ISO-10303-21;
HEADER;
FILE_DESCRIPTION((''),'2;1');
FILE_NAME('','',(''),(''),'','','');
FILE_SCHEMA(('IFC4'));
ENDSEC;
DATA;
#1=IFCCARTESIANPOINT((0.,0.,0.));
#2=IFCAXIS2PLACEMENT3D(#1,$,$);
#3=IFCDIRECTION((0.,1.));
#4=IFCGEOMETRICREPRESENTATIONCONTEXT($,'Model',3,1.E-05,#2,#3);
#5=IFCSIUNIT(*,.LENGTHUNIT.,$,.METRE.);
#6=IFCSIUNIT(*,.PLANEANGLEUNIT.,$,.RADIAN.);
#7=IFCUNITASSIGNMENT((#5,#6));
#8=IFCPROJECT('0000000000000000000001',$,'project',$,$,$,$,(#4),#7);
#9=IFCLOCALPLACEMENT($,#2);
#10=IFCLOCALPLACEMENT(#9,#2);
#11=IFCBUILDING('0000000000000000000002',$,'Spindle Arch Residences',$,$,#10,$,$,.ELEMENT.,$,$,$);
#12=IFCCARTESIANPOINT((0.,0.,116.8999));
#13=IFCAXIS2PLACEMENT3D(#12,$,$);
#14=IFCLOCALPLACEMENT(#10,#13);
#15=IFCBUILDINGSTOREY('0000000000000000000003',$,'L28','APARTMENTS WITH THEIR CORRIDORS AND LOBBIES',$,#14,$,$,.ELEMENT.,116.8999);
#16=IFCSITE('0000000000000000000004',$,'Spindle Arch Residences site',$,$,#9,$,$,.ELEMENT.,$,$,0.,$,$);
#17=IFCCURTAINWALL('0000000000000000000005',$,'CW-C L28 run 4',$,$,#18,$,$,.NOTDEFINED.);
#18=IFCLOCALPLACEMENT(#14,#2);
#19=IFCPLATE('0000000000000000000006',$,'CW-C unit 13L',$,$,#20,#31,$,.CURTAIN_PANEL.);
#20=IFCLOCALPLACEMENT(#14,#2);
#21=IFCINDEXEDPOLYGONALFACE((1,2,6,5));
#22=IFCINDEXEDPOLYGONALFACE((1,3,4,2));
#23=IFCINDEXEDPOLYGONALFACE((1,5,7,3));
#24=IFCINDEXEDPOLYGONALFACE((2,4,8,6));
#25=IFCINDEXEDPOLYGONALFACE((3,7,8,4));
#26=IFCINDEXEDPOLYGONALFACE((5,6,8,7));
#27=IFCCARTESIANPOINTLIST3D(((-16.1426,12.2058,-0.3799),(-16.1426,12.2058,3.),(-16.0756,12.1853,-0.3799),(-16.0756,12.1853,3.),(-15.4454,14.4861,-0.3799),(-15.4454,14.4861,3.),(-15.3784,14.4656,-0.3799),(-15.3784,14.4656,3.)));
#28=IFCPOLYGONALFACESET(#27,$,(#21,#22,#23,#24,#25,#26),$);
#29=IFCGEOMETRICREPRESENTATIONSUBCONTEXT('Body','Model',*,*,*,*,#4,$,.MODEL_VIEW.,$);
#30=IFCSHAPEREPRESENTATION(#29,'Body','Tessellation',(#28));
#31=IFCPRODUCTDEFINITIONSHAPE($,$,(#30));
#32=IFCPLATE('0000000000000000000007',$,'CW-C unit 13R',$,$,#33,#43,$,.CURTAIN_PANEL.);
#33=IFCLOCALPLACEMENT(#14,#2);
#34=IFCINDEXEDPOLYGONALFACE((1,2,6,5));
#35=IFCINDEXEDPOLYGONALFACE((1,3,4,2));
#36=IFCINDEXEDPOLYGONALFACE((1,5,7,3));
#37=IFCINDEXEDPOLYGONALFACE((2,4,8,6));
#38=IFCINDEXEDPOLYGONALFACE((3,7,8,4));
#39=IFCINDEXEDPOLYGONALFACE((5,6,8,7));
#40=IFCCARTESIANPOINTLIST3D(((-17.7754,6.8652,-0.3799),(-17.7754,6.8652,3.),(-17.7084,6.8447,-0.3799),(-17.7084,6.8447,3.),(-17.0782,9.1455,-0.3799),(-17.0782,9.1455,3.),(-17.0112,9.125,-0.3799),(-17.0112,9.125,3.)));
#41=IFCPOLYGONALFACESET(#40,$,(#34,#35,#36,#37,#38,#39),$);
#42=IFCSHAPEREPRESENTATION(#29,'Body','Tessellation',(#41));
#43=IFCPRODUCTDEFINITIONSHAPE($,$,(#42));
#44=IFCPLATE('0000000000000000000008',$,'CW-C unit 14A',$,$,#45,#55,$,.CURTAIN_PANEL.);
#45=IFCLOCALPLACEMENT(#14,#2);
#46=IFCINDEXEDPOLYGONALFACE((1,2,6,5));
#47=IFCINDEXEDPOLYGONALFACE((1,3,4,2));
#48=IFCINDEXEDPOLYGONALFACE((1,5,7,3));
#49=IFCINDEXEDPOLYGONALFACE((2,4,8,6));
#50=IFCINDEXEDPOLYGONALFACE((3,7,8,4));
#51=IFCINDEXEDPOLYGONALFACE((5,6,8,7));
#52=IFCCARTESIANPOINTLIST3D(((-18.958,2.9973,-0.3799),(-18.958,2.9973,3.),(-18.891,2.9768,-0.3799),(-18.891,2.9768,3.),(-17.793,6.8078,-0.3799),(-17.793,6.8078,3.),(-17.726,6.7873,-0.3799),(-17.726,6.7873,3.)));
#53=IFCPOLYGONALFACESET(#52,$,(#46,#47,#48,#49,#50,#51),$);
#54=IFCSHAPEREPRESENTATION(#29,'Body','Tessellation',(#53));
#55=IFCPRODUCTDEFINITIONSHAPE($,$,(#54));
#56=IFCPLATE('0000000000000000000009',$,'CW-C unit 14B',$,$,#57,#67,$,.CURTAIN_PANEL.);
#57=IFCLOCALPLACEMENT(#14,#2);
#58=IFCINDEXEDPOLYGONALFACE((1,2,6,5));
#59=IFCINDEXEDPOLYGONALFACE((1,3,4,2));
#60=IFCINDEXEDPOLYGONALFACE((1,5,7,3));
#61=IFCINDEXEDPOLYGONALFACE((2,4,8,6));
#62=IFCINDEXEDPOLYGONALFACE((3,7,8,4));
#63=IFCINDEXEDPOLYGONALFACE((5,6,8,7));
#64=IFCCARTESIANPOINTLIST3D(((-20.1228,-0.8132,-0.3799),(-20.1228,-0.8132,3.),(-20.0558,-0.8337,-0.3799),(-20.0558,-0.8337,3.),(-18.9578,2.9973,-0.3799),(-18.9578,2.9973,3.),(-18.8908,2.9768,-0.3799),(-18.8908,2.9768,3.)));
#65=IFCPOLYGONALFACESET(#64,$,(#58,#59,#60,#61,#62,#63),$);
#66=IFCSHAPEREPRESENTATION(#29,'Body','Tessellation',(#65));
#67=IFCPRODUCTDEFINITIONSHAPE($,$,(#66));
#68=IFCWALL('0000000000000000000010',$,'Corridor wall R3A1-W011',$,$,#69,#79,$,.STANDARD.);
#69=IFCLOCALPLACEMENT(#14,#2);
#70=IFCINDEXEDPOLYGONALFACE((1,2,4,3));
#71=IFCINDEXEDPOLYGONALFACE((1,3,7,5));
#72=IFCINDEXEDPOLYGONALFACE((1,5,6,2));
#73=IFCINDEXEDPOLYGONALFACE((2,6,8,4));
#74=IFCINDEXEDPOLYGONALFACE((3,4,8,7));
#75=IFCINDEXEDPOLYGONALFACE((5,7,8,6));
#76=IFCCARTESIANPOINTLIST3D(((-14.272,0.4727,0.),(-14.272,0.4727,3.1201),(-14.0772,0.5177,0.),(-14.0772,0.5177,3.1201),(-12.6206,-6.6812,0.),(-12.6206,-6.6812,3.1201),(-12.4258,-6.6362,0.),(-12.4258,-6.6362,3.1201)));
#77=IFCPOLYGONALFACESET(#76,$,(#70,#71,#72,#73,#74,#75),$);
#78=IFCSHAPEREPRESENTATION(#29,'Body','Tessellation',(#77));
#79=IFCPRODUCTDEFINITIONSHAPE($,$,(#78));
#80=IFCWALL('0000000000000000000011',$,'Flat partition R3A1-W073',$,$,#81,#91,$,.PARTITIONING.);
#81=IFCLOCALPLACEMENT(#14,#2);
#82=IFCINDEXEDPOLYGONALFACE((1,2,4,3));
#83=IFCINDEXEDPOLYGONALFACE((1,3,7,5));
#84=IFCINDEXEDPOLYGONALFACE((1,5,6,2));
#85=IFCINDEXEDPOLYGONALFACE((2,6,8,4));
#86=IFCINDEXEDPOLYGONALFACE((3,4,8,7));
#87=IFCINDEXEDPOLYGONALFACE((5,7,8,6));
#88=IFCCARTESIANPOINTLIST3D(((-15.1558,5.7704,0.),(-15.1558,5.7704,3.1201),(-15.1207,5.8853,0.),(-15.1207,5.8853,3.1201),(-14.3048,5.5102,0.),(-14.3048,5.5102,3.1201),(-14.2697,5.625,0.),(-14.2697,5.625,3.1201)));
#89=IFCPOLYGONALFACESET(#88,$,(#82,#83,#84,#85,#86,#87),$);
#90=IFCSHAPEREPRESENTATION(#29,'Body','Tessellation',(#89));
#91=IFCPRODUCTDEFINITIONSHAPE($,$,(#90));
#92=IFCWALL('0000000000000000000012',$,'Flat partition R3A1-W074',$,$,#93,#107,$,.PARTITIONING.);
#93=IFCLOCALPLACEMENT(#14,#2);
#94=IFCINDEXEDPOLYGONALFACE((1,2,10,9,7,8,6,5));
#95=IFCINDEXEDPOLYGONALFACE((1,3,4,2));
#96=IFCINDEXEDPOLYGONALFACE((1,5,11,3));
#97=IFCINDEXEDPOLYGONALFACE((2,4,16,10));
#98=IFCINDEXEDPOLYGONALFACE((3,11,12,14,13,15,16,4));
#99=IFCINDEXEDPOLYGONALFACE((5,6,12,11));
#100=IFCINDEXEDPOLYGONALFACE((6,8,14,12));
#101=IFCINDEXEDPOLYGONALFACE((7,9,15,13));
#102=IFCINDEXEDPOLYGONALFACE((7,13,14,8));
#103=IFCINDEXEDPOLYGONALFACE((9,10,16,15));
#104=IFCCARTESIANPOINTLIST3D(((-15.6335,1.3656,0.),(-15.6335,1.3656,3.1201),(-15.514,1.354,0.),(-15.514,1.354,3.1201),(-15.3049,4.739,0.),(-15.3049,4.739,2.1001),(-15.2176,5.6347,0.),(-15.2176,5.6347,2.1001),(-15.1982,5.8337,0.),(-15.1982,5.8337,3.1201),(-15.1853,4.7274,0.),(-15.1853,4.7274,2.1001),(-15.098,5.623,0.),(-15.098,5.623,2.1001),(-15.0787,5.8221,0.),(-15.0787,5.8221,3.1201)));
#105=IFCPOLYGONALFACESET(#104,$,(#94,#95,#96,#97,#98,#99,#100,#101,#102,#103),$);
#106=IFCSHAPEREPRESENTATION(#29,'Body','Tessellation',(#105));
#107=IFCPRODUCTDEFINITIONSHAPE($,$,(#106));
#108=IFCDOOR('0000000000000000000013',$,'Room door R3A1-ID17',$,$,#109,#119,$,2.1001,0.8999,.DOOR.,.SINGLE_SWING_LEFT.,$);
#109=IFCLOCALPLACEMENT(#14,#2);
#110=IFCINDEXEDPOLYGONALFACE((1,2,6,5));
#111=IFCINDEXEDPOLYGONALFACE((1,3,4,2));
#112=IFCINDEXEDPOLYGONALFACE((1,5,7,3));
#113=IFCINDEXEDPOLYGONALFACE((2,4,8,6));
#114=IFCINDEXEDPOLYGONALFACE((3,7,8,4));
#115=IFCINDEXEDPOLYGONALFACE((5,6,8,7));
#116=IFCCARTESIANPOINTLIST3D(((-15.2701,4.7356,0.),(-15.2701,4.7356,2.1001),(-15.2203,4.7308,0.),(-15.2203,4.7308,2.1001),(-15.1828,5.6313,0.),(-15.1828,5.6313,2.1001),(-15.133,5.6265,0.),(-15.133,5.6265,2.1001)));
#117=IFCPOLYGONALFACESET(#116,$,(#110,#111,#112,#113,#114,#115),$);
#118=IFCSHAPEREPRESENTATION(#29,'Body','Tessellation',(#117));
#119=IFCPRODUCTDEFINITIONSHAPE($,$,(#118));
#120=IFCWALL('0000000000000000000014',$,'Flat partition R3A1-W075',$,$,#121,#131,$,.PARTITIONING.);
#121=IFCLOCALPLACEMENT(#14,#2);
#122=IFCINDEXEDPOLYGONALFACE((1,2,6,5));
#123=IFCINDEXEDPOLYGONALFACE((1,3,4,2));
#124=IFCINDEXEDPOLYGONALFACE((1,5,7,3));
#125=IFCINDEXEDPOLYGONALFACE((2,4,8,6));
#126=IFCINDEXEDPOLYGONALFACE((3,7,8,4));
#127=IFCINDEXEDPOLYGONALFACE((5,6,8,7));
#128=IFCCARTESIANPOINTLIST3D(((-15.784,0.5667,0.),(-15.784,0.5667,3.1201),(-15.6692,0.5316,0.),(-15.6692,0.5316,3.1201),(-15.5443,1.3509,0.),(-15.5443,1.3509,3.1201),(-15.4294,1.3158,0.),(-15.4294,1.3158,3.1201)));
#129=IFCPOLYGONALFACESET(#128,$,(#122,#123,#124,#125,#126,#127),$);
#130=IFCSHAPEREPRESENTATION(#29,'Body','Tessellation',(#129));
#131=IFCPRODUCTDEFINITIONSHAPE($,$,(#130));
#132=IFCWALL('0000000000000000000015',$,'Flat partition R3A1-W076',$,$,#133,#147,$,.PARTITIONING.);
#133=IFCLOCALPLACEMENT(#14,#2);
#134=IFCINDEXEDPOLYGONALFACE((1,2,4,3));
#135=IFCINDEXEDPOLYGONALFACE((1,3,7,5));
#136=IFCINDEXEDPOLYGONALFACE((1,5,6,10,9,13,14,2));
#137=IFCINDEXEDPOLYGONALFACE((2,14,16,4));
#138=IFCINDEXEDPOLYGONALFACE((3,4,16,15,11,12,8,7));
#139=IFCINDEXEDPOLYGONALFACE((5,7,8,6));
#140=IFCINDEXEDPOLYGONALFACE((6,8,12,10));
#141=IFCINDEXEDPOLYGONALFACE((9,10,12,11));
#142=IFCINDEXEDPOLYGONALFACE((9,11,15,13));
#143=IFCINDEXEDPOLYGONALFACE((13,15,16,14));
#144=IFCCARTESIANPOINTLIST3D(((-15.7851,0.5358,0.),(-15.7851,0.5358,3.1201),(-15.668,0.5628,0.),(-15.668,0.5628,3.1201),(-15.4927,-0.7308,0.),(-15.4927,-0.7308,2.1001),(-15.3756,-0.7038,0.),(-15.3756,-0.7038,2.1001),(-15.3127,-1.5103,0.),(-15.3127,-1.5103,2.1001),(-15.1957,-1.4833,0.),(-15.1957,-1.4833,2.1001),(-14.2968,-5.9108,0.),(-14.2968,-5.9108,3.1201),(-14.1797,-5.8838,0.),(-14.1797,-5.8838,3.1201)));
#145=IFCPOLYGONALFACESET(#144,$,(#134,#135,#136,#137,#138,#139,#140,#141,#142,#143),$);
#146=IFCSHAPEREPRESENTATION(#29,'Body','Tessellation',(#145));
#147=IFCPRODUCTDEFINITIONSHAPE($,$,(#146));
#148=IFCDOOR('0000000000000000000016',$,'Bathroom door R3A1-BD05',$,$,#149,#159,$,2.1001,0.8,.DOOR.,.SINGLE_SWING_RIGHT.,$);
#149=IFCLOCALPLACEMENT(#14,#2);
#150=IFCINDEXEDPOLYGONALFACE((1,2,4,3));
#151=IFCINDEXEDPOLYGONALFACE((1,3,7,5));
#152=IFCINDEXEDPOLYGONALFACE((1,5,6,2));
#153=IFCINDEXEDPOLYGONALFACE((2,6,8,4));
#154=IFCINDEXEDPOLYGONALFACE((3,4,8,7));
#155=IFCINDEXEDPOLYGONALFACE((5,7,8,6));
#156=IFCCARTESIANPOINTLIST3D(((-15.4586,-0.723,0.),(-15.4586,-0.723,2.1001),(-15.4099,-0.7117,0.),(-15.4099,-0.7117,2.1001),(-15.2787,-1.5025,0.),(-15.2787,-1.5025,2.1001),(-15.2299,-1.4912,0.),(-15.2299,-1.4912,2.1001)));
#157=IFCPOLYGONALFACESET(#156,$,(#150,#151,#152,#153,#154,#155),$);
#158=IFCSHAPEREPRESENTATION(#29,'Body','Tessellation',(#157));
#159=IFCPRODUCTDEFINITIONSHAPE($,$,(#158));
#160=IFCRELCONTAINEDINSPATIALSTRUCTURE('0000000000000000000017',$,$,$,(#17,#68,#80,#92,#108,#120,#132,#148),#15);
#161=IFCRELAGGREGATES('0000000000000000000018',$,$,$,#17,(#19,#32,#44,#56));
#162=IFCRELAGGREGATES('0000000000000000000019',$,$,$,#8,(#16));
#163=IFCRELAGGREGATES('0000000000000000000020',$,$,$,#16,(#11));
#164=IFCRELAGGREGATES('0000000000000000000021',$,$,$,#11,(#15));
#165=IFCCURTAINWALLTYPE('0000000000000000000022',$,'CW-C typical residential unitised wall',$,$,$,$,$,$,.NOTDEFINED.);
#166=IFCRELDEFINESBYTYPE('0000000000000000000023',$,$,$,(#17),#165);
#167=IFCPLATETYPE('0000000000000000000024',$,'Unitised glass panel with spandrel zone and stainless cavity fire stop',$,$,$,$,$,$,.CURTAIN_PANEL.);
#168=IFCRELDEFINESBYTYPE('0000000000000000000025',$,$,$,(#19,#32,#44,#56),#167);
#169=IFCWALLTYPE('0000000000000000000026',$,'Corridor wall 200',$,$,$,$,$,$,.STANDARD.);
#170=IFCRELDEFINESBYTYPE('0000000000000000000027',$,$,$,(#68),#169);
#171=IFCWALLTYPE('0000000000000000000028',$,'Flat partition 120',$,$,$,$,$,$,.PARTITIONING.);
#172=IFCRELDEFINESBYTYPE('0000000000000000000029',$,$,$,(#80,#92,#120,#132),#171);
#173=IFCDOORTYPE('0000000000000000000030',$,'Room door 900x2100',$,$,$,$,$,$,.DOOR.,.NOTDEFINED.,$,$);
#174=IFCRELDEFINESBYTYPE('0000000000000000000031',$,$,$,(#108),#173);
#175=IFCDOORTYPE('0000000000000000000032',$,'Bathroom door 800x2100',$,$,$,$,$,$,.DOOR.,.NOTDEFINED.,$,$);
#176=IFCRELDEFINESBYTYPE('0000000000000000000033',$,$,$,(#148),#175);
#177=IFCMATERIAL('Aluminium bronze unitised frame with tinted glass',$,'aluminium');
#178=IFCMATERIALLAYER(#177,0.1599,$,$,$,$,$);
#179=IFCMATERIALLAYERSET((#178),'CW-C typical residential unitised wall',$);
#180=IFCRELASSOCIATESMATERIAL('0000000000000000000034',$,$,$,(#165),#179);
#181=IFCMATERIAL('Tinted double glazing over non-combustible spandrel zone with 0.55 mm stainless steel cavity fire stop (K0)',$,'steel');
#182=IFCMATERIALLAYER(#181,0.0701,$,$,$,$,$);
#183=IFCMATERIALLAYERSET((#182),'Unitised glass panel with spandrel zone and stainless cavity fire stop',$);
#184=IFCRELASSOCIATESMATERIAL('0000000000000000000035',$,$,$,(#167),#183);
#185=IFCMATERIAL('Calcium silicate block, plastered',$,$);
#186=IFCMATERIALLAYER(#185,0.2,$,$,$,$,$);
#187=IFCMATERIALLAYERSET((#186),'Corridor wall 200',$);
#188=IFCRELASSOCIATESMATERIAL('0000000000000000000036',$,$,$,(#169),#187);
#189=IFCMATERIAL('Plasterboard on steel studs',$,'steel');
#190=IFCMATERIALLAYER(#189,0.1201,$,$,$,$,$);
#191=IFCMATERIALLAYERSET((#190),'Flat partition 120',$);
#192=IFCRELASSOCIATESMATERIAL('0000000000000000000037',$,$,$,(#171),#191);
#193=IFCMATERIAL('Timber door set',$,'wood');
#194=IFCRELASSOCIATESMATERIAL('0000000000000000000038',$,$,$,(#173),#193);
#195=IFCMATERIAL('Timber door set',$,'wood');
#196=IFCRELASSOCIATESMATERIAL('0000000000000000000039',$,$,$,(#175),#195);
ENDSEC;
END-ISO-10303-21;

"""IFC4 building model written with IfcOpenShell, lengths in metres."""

from ifc_helpers import new_model, si_unit, direction, frame, frame_2d, origin, origin_2d, place, context, subcontext, project, spatial, rectangle, extrude, material, layer, layer_set, type_object, element, fill, aggregate, save


model = new_model("IFC4")

# Units and contexts
model_context = context("Model", 3, precision=1e-05, world=origin(), true_north=direction((0.0, 1.0)))
body_context = subcontext(model_context, "Body", "Model", "MODEL_VIEW")
ifc_project = project(units=[si_unit("LENGTHUNIT", "METRE"), si_unit("PLANEANGLEUNIT", "RADIAN")], contexts=[model_context])

# Site, building, storey
site_placement = place(None, origin())
site = spatial("IfcSite", under=ifc_project, at=site_placement, Name="Spindle Arch Residences site", CompositionType="ELEMENT", RefElevation=0.0)
building_placement = place(site_placement, origin())
building = spatial("IfcBuilding", under=site, at=building_placement, Name="Spindle Arch Residences", CompositionType="ELEMENT")
storey_placement = place(building_placement, frame((0.0, 0.0, 116.8999)))
storey = spatial("IfcBuildingStorey", under=building, at=storey_placement, Name="L28", Description="APARTMENTS WITH THEIR CORRIDORS AND LOBBIES", CompositionType="ELEMENT", Elevation=116.8999)

# Curtain wall
ifc_material_1 = material(Name="Aluminium bronze unitised frame with tinted glass", Category="aluminium")
ifc_layer_1 = layer(ifc_material_1, 0.1599)
ifc_layer_set_1 = layer_set([ifc_layer_1], Name="CW-C typical residential unitised wall")
curtain_wall_type = type_object("IfcCurtainWallType", Name="CW-C typical residential unitised wall", PredefinedType="NOTDEFINED", material=ifc_layer_set_1)
curtain_wall_placement = place(storey_placement, origin())
curtain_wall = element("IfcCurtainWall", 1, at=curtain_wall_placement, inside=storey, type_object=curtain_wall_type, Name="CW-C L28 run 4", PredefinedType="NOTDEFINED")

# Plates
ifc_material_2 = material(Name="Tinted double glazing over non-combustible spandrel zone with 0.55 mm stainless steel cavity fire stop (K0)", Category="steel")
ifc_layer_2 = layer(ifc_material_2, 0.0701)
ifc_layer_set_2 = layer_set([ifc_layer_2], Name="Unitised glass panel with spandrel zone and stainless cavity fire stop")
plate_type = type_object("IfcPlateType", Name="Unitised glass panel with spandrel zone and stainless cavity fire stop", PredefinedType="CURTAIN_PANEL", material=ifc_layer_set_2)
plate_1_placement = place(storey_placement, frame((-15.7605, 13.3357, -0.3799), z_axis=(0.0, 0.0, 1.0), x_axis=(-0.292372, -0.956305, 0.0)))
plate_1 = element("IfcPlate", 2, at=plate_1_placement, type_object=plate_type, Name="CW-C unit 13L", PredefinedType="CURTAIN_PANEL", context=body_context, shape_type="SweptSolid", body=[
    extrude(rectangle(XDim=2.3845, YDim=0.0701, at=origin_2d()), origin(), (0.0, 0.0, 1.0), 3.3799),
])
plate_2_placement = place(storey_placement, frame((-17.3933, 7.9951, -0.3799), z_axis=(0.0, 0.0, 1.0), x_axis=(-0.292372, -0.956305, 0.0)))
plate_2 = element("IfcPlate", 3, at=plate_2_placement, type_object=plate_type, Name="CW-C unit 13R", PredefinedType="CURTAIN_PANEL", context=body_context, shape_type="SweptSolid", body=[
    extrude(rectangle(XDim=2.3845, YDim=0.0701, at=origin_2d()), origin(), (0.0, 0.0, 1.0), 3.3799),
])
plate_3_placement = place(storey_placement, frame((-18.342, 4.8923, -0.3799), z_axis=(0.0, 0.0, 1.0), x_axis=(-0.292372, -0.956305, 0.0)))
plate_3 = element("IfcPlate", 4, at=plate_3_placement, type_object=plate_type, Name="CW-C unit 14A", PredefinedType="CURTAIN_PANEL", context=body_context, shape_type="SweptSolid", body=[
    extrude(rectangle(XDim=3.9846, YDim=0.0701, at=origin_2d()), origin(), (0.0, 0.0, 1.0), 3.3799),
])
plate_4_placement = place(storey_placement, frame((-19.5068, 1.0818, -0.3799), z_axis=(0.0, 0.0, 1.0), x_axis=(-0.292372, -0.956305, 0.0)))
plate_4 = element("IfcPlate", 5, at=plate_4_placement, type_object=plate_type, Name="CW-C unit 14B", PredefinedType="CURTAIN_PANEL", context=body_context, shape_type="SweptSolid", body=[
    extrude(rectangle(XDim=3.9846, YDim=0.0701, at=origin_2d()), origin(), (0.0, 0.0, 1.0), 3.3799),
])
aggregate(curtain_wall, [plate_1, plate_2, plate_3, plate_4])

# Walls
ifc_material_3 = material(Name="Calcium silicate block, plastered")
ifc_layer_3 = layer(ifc_material_3, 0.2)
ifc_layer_set_3 = layer_set([ifc_layer_3], Name="Corridor wall 200")
wall_type_1 = type_object("IfcWallType", Name="Corridor wall 200", PredefinedType="STANDARD", material=ifc_layer_set_3)
wall_1_placement = place(storey_placement, frame((-14.1746, 0.4951, 0.0), z_axis=(0.0, 0.0, 1.0), x_axis=(0.224923, -0.974377, 0.0)))
element("IfcWall", 6, at=wall_1_placement, inside=storey, type_object=wall_type_1, Name="Corridor wall R3A1-W011", PredefinedType="STANDARD", context=body_context, shape_type="SweptSolid", body=[
    extrude(rectangle(XDim=7.342, YDim=0.2, at=frame_2d((3.6709, 0.0))), origin(), (0.0, 0.0, 1.0), 3.1201),
])
ifc_material_4 = material(Name="Plasterboard on steel studs", Category="steel")
ifc_layer_4 = layer(ifc_material_4, 0.1201)
ifc_layer_set_4 = layer_set([ifc_layer_4], Name="Flat partition 120")
wall_type_2 = type_object("IfcWallType", Name="Flat partition 120", PredefinedType="PARTITIONING", material=ifc_layer_set_4)
wall_2_placement = place(storey_placement, frame((-14.2874, 5.5676, 0.0), z_axis=(0.0, 0.0, 1.0), x_axis=(-0.956288, 0.292428, 0.0)))
element("IfcWall", 7, at=wall_2_placement, inside=storey, type_object=wall_type_2, Name="Flat partition R3A1-W073", PredefinedType="PARTITIONING", context=body_context, shape_type="SweptSolid", body=[
    extrude(rectangle(XDim=0.8899, YDim=0.1201, at=frame_2d((0.4448, 0.0))), origin(), (0.0, 0.0, 1.0), 3.1201),
])

# Wall, opening, door
wall_3_placement = place(storey_placement, frame((-15.1384, 5.8279, 0.0), z_axis=(0.0, 0.0, 1.0), x_axis=(-0.096967, -0.995288, 0.0)))
wall_3 = element("IfcWall", 8, at=wall_3_placement, inside=storey, type_object=wall_type_2, Name="Flat partition R3A1-W074", PredefinedType="PARTITIONING", context=body_context, shape_type="SweptSolid", body=[
    extrude(rectangle(XDim=4.4893, YDim=0.1201, at=frame_2d((2.2446, 0.0))), origin(), (0.0, 0.0, 1.0), 3.1201),
])
opening_1_placement = place(wall_3_placement, frame((0.2, 0.0, 0.0)))
opening_1 = element("IfcOpeningElement", 9, at=opening_1_placement, cuts=wall_3, PredefinedType="OPENING", context=body_context, shape_type="SweptSolid", body=[
    extrude(rectangle(XDim=0.8999, YDim=2.1001, at=frame_2d((0.45, 1.05))), frame((0.0, 0.0701, 0.0), z_axis=(0.0, -1.0, 0.0), x_axis=(1.0, 0.0, 0.0)), (0.0, 0.0, 1.0), 0.1401),
])
ifc_material_5 = material(Name="Timber door set", Category="wood")
door_type_1 = type_object("IfcDoorType", Name="Room door 900x2100", OperationType="NOTDEFINED", PredefinedType="DOOR", material=ifc_material_5)
door_1_placement = place(opening_1_placement, origin())
door_1 = element("IfcDoor", 10, at=door_1_placement, inside=storey, type_object=door_type_1, Name="Room door R3A1-ID17", OperationType="SINGLE_SWING_LEFT", OverallHeight=2.1001, OverallWidth=0.8999, PredefinedType="DOOR", context=body_context, shape_type="SweptSolid", body=[
    extrude(rectangle(XDim=0.8999, YDim=2.1001, at=frame_2d((0.45, 1.05))), frame((0.0, 0.0249, 0.0), z_axis=(0.0, -1.0, 0.0), x_axis=(1.0, 0.0, 0.0)), (0.0, 0.0, 1.0), 0.05),
])
fill(opening_1, door_1)

# Wall
wall_4_placement = place(storey_placement, frame((-15.4868, 1.3335, 0.0), z_axis=(0.0, 0.0, 1.0), x_axis=(-0.29237, -0.956305, 0.0)))
element("IfcWall", 11, at=wall_4_placement, inside=storey, type_object=wall_type_2, Name="Flat partition R3A1-W075", PredefinedType="PARTITIONING", context=body_context, shape_type="SweptSolid", body=[
    extrude(rectangle(XDim=0.8201, YDim=0.1201, at=frame_2d((0.4102, 0.0))), origin(), (0.0, 0.0, 1.0), 3.1201),
])

# Wall, opening, door
wall_5_placement = place(storey_placement, frame((-15.7266, 0.5493, 0.0), z_axis=(0.0, 0.0, 1.0), x_axis=(0.224948, -0.974371, 0.0)))
wall_5 = element("IfcWall", 12, at=wall_5_placement, inside=storey, type_object=wall_type_2, Name="Flat partition R3A1-W076", PredefinedType="PARTITIONING", context=body_context, shape_type="SweptSolid", body=[
    extrude(rectangle(XDim=6.6162, YDim=0.1201, at=frame_2d((3.3081, 0.0))), origin(), (0.0, 0.0, 1.0), 3.1201),
])
opening_2_placement = place(wall_5_placement, frame((1.3, 0.0, 0.0)))
opening_2 = element("IfcOpeningElement", 13, at=opening_2_placement, cuts=wall_5, PredefinedType="OPENING", context=body_context, shape_type="SweptSolid", body=[
    extrude(rectangle(XDim=0.8, YDim=2.1001, at=frame_2d((0.3999, 1.05))), frame((0.0, 0.0701, 0.0), z_axis=(0.0, -1.0, 0.0), x_axis=(1.0, 0.0, 0.0)), (0.0, 0.0, 1.0), 0.1401),
])
ifc_material_6 = material(Name="Timber door set", Category="wood")
door_type_2 = type_object("IfcDoorType", Name="Bathroom door 800x2100", OperationType="NOTDEFINED", PredefinedType="DOOR", material=ifc_material_6)
door_2_placement = place(opening_2_placement, origin())
door_2 = element("IfcDoor", 14, at=door_2_placement, inside=storey, type_object=door_type_2, Name="Bathroom door R3A1-BD05", OperationType="SINGLE_SWING_RIGHT", OverallHeight=2.1001, OverallWidth=0.8, PredefinedType="DOOR", context=body_context, shape_type="SweptSolid", body=[
    extrude(rectangle(XDim=0.8, YDim=2.1001, at=frame_2d((0.3999, 1.05))), frame((0.0, 0.0249, 0.0), z_axis=(0.0, -1.0, 0.0), x_axis=(1.0, 0.0, 0.0)), (0.0, 0.0, 1.0), 0.05),
])
fill(opening_2, door_2)

save(model, "model.ifc")
